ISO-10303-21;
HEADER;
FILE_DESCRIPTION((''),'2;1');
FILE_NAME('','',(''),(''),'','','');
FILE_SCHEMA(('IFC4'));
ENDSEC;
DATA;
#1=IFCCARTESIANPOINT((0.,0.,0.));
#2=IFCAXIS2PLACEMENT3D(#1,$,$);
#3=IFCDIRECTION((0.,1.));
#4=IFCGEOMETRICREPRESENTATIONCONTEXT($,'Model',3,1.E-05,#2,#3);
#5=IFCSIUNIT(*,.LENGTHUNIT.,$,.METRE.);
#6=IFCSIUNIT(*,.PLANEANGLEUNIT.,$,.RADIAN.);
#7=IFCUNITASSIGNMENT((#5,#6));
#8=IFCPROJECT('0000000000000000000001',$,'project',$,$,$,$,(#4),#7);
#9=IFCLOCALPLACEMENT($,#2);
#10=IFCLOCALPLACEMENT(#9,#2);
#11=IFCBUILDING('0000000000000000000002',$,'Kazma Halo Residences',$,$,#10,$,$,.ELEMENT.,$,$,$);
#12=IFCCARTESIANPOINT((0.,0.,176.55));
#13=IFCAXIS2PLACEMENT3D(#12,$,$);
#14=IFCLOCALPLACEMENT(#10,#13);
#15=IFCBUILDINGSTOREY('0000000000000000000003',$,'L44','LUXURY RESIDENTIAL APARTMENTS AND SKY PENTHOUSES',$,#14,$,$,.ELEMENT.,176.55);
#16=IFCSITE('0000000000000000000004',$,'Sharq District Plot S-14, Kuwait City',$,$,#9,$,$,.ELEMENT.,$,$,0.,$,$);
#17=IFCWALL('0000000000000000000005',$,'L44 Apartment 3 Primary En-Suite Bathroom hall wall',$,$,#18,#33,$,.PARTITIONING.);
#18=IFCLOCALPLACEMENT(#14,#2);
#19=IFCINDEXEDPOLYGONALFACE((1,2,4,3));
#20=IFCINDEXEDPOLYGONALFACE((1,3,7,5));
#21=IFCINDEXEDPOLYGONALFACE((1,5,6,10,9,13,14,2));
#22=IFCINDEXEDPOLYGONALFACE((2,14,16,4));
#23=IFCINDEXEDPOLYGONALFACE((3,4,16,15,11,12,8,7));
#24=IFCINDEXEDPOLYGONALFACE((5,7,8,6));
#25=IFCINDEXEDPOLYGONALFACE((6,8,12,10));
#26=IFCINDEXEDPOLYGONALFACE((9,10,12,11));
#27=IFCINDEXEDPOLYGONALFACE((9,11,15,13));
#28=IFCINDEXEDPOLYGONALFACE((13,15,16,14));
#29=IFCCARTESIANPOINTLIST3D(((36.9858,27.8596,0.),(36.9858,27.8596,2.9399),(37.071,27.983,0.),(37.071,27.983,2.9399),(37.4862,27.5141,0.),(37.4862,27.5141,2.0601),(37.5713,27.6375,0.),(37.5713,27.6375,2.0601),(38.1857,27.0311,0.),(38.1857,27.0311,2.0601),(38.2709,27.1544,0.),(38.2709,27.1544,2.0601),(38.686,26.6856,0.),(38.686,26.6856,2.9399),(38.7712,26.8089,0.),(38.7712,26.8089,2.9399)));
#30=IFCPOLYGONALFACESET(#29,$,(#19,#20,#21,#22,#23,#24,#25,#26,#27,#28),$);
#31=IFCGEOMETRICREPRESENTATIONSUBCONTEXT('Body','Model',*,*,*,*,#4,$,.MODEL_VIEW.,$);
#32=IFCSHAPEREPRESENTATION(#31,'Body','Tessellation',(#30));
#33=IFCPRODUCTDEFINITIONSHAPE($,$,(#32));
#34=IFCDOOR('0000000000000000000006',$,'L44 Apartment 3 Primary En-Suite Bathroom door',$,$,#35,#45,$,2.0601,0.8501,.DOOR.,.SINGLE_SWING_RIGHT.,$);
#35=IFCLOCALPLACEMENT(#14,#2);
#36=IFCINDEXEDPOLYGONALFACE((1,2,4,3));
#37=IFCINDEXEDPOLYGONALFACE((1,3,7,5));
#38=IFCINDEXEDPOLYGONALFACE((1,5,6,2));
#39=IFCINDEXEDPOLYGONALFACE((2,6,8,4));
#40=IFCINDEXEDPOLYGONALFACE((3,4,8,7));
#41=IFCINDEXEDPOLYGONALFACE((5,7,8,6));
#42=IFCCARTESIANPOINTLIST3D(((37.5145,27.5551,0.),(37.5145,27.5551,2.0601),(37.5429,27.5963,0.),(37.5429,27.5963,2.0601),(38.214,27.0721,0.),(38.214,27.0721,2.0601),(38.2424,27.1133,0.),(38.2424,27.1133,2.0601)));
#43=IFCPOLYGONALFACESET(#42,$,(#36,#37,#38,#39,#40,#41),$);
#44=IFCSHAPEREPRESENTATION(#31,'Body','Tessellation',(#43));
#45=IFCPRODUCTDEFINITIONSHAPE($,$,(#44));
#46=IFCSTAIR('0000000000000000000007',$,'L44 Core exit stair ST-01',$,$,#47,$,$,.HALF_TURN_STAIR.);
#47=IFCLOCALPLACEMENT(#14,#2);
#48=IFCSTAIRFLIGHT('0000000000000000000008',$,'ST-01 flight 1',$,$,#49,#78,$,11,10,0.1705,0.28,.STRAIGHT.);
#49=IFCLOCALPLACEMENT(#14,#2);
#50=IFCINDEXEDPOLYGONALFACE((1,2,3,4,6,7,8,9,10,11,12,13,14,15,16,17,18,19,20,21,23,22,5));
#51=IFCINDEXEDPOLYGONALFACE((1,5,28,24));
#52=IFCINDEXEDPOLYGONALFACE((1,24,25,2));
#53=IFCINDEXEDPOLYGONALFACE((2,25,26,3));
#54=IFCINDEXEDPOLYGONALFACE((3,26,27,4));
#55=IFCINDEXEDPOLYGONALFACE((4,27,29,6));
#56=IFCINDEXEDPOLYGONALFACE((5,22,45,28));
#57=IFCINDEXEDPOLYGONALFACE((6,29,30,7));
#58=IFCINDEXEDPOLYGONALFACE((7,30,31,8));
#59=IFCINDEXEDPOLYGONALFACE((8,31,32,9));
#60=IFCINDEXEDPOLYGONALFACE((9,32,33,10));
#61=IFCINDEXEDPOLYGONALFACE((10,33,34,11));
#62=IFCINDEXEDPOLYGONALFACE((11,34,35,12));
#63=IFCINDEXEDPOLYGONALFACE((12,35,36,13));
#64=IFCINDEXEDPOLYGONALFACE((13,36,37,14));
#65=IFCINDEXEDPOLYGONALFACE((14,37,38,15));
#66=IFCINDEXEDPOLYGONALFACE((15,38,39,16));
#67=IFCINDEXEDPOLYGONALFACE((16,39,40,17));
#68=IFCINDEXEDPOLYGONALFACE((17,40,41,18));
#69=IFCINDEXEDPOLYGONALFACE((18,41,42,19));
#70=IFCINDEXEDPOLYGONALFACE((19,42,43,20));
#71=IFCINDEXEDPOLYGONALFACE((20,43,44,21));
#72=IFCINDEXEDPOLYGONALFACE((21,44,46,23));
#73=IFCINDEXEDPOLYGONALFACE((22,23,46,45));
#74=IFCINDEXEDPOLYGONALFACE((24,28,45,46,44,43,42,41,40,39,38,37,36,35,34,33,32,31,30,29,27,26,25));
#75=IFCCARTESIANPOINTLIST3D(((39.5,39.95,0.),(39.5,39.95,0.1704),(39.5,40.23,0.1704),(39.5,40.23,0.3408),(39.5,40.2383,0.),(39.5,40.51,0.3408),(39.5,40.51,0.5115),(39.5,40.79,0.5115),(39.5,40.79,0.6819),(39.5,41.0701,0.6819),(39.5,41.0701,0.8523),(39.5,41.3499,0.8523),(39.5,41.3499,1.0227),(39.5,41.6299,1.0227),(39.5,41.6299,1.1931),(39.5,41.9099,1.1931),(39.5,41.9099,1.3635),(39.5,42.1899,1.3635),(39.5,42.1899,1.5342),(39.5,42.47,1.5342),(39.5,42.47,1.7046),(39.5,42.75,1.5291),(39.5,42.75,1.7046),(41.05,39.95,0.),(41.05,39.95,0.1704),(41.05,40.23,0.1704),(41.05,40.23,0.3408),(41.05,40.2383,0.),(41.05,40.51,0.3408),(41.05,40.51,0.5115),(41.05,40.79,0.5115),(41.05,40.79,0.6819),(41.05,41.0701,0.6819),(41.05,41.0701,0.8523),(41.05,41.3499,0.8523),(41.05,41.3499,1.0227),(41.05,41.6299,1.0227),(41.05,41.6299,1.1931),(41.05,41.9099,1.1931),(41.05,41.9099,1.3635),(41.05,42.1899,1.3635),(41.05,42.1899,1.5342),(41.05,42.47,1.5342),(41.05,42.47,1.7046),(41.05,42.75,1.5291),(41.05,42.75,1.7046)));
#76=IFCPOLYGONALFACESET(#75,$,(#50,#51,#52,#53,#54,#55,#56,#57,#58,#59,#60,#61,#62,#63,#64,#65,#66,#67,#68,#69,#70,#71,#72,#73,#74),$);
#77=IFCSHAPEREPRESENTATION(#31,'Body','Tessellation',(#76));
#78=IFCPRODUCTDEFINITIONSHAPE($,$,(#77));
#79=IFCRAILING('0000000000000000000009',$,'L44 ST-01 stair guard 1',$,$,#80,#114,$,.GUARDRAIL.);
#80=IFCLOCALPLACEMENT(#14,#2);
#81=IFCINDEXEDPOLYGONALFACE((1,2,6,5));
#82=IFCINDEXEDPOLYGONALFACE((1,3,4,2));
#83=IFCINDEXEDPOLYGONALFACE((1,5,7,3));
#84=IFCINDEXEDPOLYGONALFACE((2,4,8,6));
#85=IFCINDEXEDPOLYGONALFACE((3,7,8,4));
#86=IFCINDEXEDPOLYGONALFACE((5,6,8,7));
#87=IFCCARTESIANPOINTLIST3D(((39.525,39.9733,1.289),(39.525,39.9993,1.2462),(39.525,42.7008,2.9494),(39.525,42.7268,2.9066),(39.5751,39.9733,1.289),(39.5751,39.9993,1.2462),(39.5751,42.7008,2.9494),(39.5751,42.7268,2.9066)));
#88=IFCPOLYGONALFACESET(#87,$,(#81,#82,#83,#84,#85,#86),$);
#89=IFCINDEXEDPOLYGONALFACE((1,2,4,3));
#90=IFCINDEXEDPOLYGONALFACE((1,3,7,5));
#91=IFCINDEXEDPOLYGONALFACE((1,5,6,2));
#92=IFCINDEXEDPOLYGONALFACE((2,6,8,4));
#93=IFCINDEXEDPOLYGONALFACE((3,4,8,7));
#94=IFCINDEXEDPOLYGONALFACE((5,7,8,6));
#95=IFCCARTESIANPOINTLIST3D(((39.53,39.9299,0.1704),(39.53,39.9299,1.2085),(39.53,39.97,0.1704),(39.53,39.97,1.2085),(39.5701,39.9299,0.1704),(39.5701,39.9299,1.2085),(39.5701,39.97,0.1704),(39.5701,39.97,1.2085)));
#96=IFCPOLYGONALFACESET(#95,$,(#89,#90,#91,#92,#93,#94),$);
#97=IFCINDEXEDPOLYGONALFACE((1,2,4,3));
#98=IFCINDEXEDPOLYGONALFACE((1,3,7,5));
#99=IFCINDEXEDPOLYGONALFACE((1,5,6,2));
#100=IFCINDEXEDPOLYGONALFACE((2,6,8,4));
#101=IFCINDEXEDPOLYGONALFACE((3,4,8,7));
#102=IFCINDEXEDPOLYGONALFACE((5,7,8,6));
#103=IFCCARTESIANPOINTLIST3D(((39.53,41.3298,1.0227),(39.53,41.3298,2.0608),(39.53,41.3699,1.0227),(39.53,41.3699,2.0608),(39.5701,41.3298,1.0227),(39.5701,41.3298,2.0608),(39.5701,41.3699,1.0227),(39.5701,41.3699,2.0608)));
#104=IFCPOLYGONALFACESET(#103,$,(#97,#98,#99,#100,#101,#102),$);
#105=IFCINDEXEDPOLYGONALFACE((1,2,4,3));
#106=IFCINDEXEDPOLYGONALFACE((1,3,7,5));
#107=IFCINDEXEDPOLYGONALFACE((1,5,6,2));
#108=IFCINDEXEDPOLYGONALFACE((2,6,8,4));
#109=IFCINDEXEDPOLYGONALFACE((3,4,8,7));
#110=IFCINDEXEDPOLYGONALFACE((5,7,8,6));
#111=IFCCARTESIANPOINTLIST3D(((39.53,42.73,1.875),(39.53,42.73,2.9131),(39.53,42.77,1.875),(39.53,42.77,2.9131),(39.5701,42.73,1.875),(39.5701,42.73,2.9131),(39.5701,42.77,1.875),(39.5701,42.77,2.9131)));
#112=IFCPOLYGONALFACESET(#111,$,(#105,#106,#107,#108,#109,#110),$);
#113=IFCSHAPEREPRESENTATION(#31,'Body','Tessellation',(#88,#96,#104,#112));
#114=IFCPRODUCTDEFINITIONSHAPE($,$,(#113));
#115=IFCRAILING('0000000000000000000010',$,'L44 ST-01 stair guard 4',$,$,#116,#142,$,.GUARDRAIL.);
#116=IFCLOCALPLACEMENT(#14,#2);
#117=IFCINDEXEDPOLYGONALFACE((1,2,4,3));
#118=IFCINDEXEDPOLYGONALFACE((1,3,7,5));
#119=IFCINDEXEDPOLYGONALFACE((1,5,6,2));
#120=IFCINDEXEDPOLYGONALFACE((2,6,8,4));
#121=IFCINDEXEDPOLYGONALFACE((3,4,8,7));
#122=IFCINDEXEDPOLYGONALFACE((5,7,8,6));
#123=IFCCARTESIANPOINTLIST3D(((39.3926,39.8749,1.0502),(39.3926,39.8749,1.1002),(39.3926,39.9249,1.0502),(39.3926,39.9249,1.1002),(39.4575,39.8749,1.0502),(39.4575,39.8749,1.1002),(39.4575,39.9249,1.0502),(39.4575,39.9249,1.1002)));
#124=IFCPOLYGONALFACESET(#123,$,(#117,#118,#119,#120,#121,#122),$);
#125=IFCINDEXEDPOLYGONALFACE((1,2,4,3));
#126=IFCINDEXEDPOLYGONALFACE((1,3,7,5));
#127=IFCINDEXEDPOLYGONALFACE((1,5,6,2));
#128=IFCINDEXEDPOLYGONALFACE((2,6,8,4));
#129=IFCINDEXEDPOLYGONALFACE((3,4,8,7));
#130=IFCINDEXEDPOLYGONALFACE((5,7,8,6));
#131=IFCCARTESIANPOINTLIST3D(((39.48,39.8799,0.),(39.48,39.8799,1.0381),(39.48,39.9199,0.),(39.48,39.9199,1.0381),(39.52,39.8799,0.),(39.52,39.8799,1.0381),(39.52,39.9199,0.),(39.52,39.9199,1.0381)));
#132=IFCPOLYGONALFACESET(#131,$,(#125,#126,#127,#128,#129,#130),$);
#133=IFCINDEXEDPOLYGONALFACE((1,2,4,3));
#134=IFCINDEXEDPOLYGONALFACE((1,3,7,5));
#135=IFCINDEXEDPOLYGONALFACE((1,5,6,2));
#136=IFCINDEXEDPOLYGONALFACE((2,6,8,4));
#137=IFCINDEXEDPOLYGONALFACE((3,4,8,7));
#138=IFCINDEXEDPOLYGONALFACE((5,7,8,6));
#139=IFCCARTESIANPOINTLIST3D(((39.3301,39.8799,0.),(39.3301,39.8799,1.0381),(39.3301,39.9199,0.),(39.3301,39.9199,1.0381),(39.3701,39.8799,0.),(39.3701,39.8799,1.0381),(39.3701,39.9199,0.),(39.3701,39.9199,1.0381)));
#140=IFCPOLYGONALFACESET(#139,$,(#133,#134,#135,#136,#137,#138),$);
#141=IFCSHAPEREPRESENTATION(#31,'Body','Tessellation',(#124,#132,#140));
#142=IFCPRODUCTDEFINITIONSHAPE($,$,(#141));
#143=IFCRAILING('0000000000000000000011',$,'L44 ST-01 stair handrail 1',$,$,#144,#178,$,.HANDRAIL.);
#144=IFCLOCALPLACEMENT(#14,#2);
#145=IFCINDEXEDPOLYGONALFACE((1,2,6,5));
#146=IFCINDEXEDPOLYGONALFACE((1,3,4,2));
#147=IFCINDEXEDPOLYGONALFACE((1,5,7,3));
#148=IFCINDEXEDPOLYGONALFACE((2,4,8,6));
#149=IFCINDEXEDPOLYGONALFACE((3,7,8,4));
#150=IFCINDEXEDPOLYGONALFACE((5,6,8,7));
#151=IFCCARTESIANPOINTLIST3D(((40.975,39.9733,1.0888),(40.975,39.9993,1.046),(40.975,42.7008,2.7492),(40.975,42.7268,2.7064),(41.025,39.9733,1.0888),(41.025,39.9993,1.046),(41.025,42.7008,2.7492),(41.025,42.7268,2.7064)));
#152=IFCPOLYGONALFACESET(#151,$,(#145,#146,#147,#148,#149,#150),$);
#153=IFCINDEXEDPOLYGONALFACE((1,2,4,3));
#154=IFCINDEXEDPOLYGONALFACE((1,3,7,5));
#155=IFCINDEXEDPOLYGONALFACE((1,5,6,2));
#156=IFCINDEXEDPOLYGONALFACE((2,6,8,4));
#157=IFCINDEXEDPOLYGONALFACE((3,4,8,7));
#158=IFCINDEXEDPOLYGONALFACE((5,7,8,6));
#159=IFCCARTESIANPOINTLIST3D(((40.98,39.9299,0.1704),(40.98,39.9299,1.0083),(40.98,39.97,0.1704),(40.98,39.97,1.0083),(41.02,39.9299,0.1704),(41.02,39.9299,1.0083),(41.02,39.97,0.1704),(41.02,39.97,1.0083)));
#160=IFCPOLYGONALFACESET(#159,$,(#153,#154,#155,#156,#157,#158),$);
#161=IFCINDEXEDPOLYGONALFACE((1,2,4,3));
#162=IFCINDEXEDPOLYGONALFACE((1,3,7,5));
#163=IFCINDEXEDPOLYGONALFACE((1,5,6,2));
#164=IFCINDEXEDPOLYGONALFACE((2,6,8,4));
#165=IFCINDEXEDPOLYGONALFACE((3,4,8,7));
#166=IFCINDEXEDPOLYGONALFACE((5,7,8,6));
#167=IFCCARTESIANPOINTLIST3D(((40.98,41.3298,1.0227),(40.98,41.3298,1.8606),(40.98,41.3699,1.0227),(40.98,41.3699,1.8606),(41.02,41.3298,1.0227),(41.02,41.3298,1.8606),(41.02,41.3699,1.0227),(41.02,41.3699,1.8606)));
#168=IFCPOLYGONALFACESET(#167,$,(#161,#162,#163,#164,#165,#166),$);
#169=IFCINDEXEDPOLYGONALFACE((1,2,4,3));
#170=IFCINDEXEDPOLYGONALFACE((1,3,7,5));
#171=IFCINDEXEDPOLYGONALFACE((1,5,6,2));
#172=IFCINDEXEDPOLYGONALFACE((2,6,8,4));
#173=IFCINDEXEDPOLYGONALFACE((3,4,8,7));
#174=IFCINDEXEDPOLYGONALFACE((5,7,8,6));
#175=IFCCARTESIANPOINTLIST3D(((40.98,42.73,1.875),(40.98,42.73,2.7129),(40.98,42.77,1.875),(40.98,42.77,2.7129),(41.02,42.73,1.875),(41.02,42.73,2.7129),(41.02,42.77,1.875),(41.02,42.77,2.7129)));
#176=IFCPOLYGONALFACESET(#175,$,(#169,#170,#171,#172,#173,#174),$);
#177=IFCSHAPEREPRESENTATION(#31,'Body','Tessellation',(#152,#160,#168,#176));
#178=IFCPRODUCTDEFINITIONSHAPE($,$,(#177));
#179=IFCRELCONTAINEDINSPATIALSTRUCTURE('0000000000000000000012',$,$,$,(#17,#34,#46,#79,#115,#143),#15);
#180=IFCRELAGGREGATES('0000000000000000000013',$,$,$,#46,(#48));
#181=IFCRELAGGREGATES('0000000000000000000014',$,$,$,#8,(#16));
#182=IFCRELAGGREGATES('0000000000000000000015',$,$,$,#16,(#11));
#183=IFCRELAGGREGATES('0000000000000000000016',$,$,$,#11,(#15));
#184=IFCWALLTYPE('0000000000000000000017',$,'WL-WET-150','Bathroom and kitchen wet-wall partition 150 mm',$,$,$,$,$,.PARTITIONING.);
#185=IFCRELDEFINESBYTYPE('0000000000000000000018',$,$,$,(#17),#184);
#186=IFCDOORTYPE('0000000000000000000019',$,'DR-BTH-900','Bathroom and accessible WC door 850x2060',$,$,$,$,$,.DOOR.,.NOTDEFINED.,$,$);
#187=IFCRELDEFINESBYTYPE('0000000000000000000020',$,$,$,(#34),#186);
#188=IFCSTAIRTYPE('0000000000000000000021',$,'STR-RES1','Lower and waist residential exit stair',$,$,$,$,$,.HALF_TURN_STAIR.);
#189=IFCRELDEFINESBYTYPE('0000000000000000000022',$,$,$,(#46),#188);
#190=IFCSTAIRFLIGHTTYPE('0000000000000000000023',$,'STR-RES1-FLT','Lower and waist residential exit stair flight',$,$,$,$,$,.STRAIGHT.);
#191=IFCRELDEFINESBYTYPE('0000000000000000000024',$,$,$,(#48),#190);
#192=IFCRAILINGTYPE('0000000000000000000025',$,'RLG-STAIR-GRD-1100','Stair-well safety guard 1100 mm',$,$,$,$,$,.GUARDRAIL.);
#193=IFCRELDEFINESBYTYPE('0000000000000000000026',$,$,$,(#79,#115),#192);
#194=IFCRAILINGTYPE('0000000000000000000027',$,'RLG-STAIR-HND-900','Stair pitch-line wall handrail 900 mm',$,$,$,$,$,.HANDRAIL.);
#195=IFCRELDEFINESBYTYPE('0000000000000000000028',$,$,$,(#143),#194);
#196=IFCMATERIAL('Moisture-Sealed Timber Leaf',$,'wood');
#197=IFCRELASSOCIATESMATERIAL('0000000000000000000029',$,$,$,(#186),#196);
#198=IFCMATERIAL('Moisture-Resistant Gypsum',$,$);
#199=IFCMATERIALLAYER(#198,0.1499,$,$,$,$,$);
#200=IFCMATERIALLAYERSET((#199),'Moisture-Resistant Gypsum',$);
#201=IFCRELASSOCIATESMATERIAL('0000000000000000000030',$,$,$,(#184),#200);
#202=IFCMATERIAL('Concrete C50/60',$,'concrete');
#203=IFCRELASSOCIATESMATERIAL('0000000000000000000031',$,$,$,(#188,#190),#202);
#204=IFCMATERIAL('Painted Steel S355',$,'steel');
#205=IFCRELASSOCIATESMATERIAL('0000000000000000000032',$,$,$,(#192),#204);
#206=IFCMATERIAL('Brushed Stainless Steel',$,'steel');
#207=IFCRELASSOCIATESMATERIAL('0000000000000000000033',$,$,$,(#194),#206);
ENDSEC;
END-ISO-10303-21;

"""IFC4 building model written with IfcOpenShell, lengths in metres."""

from ifc_helpers import new_model, si_unit, direction, frame, frame_2d, origin, origin_2d, place, context, subcontext, project, spatial, polyline, rectangle, outline, extrude, material, layer, layer_set, type_object, element, fill, aggregate, save


model = new_model("IFC4")

# Units and contexts
model_context = context("Model", 3, precision=1e-05, world=origin(), true_north=direction((0.0, 1.0)))
body_context = subcontext(model_context, "Body", "Model", "MODEL_VIEW")
ifc_project = project(units=[si_unit("LENGTHUNIT", "METRE"), si_unit("PLANEANGLEUNIT", "RADIAN")], contexts=[model_context])

# Site, building, storey
site_placement = place(None, origin())
site = spatial("IfcSite", under=ifc_project, at=site_placement, Name="Sharq District Plot S-14, Kuwait City", CompositionType="ELEMENT", RefElevation=0.0)
building_placement = place(site_placement, origin())
building = spatial("IfcBuilding", under=site, at=building_placement, Name="Kazma Halo Residences", CompositionType="ELEMENT")
storey_placement = place(building_placement, frame((0.0, 0.0, 176.55)))
storey = spatial("IfcBuildingStorey", under=building, at=storey_placement, Name="L44", Description="LUXURY RESIDENTIAL APARTMENTS AND SKY PENTHOUSES", CompositionType="ELEMENT", Elevation=176.55)

# Shared definitions
ifc_material_1 = material(Name="Moisture-Sealed Timber Leaf", Category="wood")
door_type_1 = type_object("IfcDoorType", Name="DR-BTH-900", Description="Bathroom and accessible WC door 850x2060", OperationType="NOTDEFINED", PredefinedType="DOOR", material=ifc_material_1)

# Wall, opening, door
ifc_material_2 = material(Name="Concrete C50/60", Category="concrete")
ifc_material_3 = material(Name="Moisture-Resistant Gypsum")
ifc_layer_1 = layer(ifc_material_3, 0.1499)
ifc_layer_set_1 = layer_set([ifc_layer_1], Name="Moisture-Resistant Gypsum")
wall_type_1 = type_object("IfcWallType", Name="WL-WET-150", Description="Bathroom and kitchen wet-wall partition 150 mm", PredefinedType="PARTITIONING", material=ifc_layer_set_1)
wall_1_placement = place(storey_placement, frame((37.0283, 27.9214, 0.0), z_axis=(0.0, 0.0, 1.0), x_axis=(0.822868, -0.568233, 0.0)))
wall_1 = element("IfcWall", 1, at=wall_1_placement, inside=storey, type_object=wall_type_1, Name="L44 Apartment 3 Primary En-Suite Bathroom hall wall", PredefinedType="PARTITIONING", context=body_context, shape_type="SweptSolid", body=[
    extrude(rectangle(XDim=2.0662, YDim=0.1499, at=frame_2d((1.0332, 0.0))), origin(), (0.0, 0.0, 1.0), 2.9399),
])
opening_1_placement = place(wall_1_placement, frame((0.6082, 0.0, 0.0)))
opening_1 = element("IfcOpeningElement", 2, at=opening_1_placement, cuts=wall_1, PredefinedType="OPENING", context=body_context, shape_type="SweptSolid", body=[
    extrude(rectangle(XDim=0.8501, YDim=2.0601, at=frame_2d((0.425, 1.03))), frame((0.0, 0.085, 0.0), z_axis=(0.0, -1.0, 0.0), x_axis=(1.0, 0.0, 0.0)), (0.0, 0.0, 1.0), 0.1699),
])
door_1_placement = place(opening_1_placement, origin())
door_1 = element("IfcDoor", 3, at=door_1_placement, inside=storey, type_object=door_type_1, Name="L44 Apartment 3 Primary En-Suite Bathroom door", OperationType="SINGLE_SWING_RIGHT", OverallHeight=2.0601, OverallWidth=0.8501, PredefinedType="DOOR", context=body_context, shape_type="SweptSolid", body=[
    extrude(rectangle(XDim=0.8501, YDim=2.0601, at=frame_2d((0.425, 1.03))), frame((0.0, 0.0249, 0.0), z_axis=(0.0, -1.0, 0.0), x_axis=(1.0, 0.0, 0.0)), (0.0, 0.0, 1.0), 0.05),
])
fill(opening_1, door_1)

# Stair, stair flight
stair_type = type_object("IfcStairType", Name="STR-RES1", Description="Lower and waist residential exit stair", PredefinedType="HALF_TURN_STAIR", material=ifc_material_2)
stair_placement = place(storey_placement, origin())
stair = element("IfcStair", 4, at=stair_placement, inside=storey, type_object=stair_type, Name="L44 Core exit stair ST-01", PredefinedType="HALF_TURN_STAIR")
stair_flight_type = type_object("IfcStairFlightType", Name="STR-RES1-FLT", Description="Lower and waist residential exit stair flight", PredefinedType="STRAIGHT", material=ifc_material_2)
stair_flight_placement = place(storey_placement, frame((40.2749, 39.95, 0.0), z_axis=(0.0, 0.0, 1.0), x_axis=(0.0, 1.0, 0.0)))
stair_flight = element("IfcStairFlight", 5, at=stair_flight_placement, type_object=stair_flight_type, Name="ST-01 flight 1", NumberOfRisers=11, NumberOfTreads=10, PredefinedType="STRAIGHT", RiserHeight=0.1705, TreadLength=0.28, context=body_context, shape_type="SweptSolid", body=[
    extrude(outline(polyline([(0.0, 0.0), (0.0, 0.1704), (0.28, 0.1704), (0.28, 0.3408), (0.5601, 0.3408), (0.5601, 0.5115), (0.8401, 0.5115), (0.8401, 0.6819), (1.1201, 0.6819), (1.1201, 0.8523), (1.3999, 0.8523), (1.3999, 1.0227), (1.6799, 1.0227), (1.6799, 1.1931), (1.96, 1.1931), (1.96, 1.3635), (2.24, 1.3635), (2.24, 1.5342), (2.52, 1.5342), (2.52, 1.7046), (2.8, 1.7046), (2.8, 1.875), (2.8, 1.5291), (0.2883, 0.0), (0.0, 0.0)])), frame((0.0, 0.7749, 0.0), z_axis=(0.0, -1.0, 0.0), x_axis=(1.0, 0.0, 0.0)), (0.0, 0.0, 1.0), 1.55),
])
aggregate(stair, [stair_flight])

# Railings
ifc_material_4 = material(Name="Painted Steel S355", Category="steel")
railing_type_1 = type_object("IfcRailingType", Name="RLG-STAIR-GRD-1100", Description="Stair-well safety guard 1100 mm", PredefinedType="GUARDRAIL", material=ifc_material_4)
railing_1_placement = place(storey_placement, frame((39.55, 39.95, 0.1704)))
element("IfcRailing", 6, at=railing_1_placement, inside=storey, type_object=railing_type_1, Name="L44 ST-01 stair guard 1", PredefinedType="GUARDRAIL", context=body_context, shape_type="SweptSolid", body=[
    extrude(rectangle(XDim=0.05, YDim=0.05, at=origin_2d()), frame((0.0, 0.0364, 1.0972), z_axis=(0.0, 0.85417, 0.519994), x_axis=(-1.0, 0.0, 0.0)), (0.0, 0.0, 1.0), 3.1931),
    extrude(rectangle(XDim=0.04, YDim=0.04, at=origin_2d()), origin(), (0.0, 0.0, 1.0), 1.0381),
    extrude(rectangle(XDim=0.04, YDim=0.04, at=origin_2d()), frame((0.0, 1.3999, 0.8523)), (0.0, 0.0, 1.0), 1.0381),
    extrude(rectangle(XDim=0.04, YDim=0.04, at=origin_2d()), frame((0.0, 2.8, 1.7046)), (0.0, 0.0, 1.0), 1.0381),
])
railing_2_placement = place(storey_placement, frame((39.5, 39.8999, 0.0)))
element("IfcRailing", 7, at=railing_2_placement, inside=storey, type_object=railing_type_1, Name="L44 ST-01 stair guard 4", PredefinedType="GUARDRAIL", context=body_context, shape_type="SweptSolid", body=[
    extrude(rectangle(XDim=0.05, YDim=0.05, at=origin_2d()), frame((-0.0425, 0.0, 1.0752), z_axis=(-1.0, 0.0, 0.0), x_axis=(0.0, -1.0, 0.0)), (0.0, 0.0, 1.0), 0.0649),
    extrude(rectangle(XDim=0.04, YDim=0.04, at=origin_2d()), origin(), (0.0, 0.0, 1.0), 1.0381),
    extrude(rectangle(XDim=0.04, YDim=0.04, at=origin_2d()), frame((-0.1499, 0.0, 0.0)), (0.0, 0.0, 1.0), 1.0381),
])
ifc_material_5 = material(Name="Brushed Stainless Steel", Category="steel")
railing_type_2 = type_object("IfcRailingType", Name="RLG-STAIR-HND-900", Description="Stair pitch-line wall handrail 900 mm", PredefinedType="HANDRAIL", material=ifc_material_5)
railing_3_placement = place(storey_placement, frame((41.0, 39.95, 0.1704)))
element("IfcRailing", 8, at=railing_3_placement, inside=storey, type_object=railing_type_2, Name="L44 ST-01 stair handrail 1", PredefinedType="HANDRAIL", context=body_context, shape_type="SweptSolid", body=[
    extrude(rectangle(XDim=0.05, YDim=0.05, at=origin_2d()), frame((0.0, 0.0364, 0.897), z_axis=(0.0, 0.85417, 0.519994), x_axis=(-1.0, 0.0, 0.0)), (0.0, 0.0, 1.0), 3.1931),
    extrude(rectangle(XDim=0.04, YDim=0.04, at=origin_2d()), origin(), (0.0, 0.0, 1.0), 0.8379),
    extrude(rectangle(XDim=0.04, YDim=0.04, at=origin_2d()), frame((0.0, 1.3999, 0.8523)), (0.0, 0.0, 1.0), 0.8379),
    extrude(rectangle(XDim=0.04, YDim=0.04, at=origin_2d()), frame((0.0, 2.8, 1.7046)), (0.0, 0.0, 1.0), 0.8379),
])

save(model, "model.ifc")
